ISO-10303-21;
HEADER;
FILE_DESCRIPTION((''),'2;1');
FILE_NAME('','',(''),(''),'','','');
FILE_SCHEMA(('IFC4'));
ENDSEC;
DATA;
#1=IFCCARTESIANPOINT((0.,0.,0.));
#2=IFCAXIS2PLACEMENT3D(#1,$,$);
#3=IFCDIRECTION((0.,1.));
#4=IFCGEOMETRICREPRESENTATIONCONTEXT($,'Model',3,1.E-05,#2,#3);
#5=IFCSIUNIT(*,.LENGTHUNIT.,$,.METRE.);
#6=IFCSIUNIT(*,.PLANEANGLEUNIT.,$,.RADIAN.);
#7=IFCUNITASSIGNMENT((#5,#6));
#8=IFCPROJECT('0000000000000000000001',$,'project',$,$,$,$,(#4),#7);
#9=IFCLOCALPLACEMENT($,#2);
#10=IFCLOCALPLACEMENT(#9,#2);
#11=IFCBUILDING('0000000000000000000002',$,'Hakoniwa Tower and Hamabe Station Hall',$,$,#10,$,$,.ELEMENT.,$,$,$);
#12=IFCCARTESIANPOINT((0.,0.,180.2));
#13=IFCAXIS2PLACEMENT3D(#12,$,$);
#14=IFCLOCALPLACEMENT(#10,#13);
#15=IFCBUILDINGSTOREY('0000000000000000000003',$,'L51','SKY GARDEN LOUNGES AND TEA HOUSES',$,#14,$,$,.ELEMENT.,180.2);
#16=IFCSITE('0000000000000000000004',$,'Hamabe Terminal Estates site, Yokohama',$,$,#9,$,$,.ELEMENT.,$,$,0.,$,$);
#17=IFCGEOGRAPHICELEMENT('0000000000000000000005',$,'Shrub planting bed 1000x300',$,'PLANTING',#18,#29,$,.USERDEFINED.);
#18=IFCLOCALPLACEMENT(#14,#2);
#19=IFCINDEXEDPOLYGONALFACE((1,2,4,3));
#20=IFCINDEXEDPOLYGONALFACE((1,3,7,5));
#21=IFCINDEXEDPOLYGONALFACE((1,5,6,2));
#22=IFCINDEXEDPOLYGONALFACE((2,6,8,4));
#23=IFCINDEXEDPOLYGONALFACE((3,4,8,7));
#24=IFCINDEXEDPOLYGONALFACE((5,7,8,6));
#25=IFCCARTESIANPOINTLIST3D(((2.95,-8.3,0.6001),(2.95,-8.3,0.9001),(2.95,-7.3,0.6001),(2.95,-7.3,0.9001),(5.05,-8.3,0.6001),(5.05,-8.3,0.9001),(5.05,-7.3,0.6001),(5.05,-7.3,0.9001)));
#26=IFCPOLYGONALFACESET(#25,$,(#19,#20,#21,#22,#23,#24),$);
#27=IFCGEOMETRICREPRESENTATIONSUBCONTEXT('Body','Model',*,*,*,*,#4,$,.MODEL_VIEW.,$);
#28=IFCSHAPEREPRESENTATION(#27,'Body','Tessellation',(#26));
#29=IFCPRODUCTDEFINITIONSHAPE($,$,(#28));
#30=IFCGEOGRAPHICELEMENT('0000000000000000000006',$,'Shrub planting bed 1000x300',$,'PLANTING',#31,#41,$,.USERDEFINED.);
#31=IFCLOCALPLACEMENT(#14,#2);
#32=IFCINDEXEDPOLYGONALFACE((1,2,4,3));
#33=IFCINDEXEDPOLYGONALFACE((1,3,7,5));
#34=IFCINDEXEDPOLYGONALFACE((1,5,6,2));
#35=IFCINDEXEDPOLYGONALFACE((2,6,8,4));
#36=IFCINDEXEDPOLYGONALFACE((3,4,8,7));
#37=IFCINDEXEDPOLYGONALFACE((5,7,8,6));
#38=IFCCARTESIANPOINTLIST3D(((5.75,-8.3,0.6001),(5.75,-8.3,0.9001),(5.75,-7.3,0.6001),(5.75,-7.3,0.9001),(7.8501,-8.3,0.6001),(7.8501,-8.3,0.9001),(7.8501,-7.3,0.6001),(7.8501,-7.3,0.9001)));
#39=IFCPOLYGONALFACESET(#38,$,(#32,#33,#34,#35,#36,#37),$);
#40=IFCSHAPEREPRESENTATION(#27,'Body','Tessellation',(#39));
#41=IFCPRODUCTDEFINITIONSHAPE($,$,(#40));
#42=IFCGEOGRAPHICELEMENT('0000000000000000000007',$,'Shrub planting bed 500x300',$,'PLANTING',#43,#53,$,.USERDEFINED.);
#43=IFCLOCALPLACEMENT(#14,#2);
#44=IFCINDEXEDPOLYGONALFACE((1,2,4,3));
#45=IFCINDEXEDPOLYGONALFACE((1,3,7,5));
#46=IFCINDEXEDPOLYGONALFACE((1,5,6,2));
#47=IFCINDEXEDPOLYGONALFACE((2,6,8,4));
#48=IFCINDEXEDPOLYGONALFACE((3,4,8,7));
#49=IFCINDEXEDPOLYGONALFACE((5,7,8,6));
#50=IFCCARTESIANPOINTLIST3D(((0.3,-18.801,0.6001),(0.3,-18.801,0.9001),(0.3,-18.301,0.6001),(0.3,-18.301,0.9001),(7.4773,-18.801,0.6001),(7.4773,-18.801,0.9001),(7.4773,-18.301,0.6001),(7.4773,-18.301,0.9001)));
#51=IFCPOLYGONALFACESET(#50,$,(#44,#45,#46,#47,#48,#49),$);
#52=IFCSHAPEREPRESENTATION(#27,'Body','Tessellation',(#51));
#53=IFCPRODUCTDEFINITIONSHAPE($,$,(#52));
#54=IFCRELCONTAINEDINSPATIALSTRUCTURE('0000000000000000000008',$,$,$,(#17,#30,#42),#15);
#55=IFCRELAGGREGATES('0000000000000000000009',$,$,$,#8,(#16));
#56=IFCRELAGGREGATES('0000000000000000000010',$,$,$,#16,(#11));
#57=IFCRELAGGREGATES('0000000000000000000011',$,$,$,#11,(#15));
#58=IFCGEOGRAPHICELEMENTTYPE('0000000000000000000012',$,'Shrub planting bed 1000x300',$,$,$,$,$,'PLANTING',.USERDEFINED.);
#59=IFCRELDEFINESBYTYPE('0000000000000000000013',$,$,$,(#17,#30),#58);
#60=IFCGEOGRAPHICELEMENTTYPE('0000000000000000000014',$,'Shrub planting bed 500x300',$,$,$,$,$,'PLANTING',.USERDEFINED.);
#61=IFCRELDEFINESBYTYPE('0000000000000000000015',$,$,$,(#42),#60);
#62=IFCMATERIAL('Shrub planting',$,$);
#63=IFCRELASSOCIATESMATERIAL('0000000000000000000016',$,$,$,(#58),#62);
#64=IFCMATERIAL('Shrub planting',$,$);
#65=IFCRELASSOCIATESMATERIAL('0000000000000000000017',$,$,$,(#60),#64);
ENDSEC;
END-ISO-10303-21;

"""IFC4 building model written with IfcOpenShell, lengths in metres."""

from ifc_helpers import new_model, si_unit, direction, frame, origin, origin_2d, place, context, subcontext, project, spatial, rectangle, extrude, material, type_object, element, save


model = new_model("IFC4")

# Units and contexts
model_context = context("Model", 3, precision=1e-05, world=origin(), true_north=direction((0.0, 1.0)))
body_context = subcontext(model_context, "Body", "Model", "MODEL_VIEW")
ifc_project = project(units=[si_unit("LENGTHUNIT", "METRE"), si_unit("PLANEANGLEUNIT", "RADIAN")], contexts=[model_context])

# Site, building, storey
site_placement = place(None, origin())
site = spatial("IfcSite", under=ifc_project, at=site_placement, Name="Hamabe Terminal Estates site, Yokohama", CompositionType="ELEMENT", RefElevation=0.0)
building_placement = place(site_placement, origin())
building = spatial("IfcBuilding", under=site, at=building_placement, Name="Hakoniwa Tower and Hamabe Station Hall", CompositionType="ELEMENT")
storey_placement = place(building_placement, frame((0.0, 0.0, 180.2)))
storey = spatial("IfcBuildingStorey", under=building, at=storey_placement, Name="L51", Description="SKY GARDEN LOUNGES AND TEA HOUSES", CompositionType="ELEMENT", Elevation=180.2)

# Geographic elements
ifc_material_1 = material(Name="Shrub planting")
geographic_element_type_1 = type_object("IfcGeographicElementType", Name="Shrub planting bed 1000x300", ElementType="PLANTING", PredefinedType="USERDEFINED", material=ifc_material_1)
for number, where, z_axis, x_axis, name in (
    (1, (4.0, -7.8, 0.6001), (0.0, 0.0, 1.0), (1.0, 0.0, 0.0), "Shrub planting bed 1000x300"),
    (2, (6.8, -7.8, 0.6001), (0.0, 0.0, 1.0), (1.0, 0.0, 0.0), "Shrub planting bed 1000x300"),
):
    element("IfcGeographicElement", number, at=place(storey_placement, frame(where, z_axis=z_axis, x_axis=x_axis)), inside=storey, type_object=geographic_element_type_1, Name=name, ObjectType="PLANTING", PredefinedType="USERDEFINED", context=body_context, shape_type="SweptSolid", body=[
        extrude(rectangle(XDim=2.1001, YDim=1.0, at=origin_2d()), origin(), (0.0, 0.0, 1.0), 0.3),
    ])
ifc_material_2 = material(Name="Shrub planting")
geographic_element_type_2 = type_object("IfcGeographicElementType", Name="Shrub planting bed 500x300", ElementType="PLANTING", PredefinedType="USERDEFINED", material=ifc_material_2)
geographic_element_placement = place(storey_placement, frame((3.8887, -18.551, 0.6001), z_axis=(0.0, 0.0, 1.0), x_axis=(1.0, 0.0, 0.0)))
element("IfcGeographicElement", 3, at=geographic_element_placement, inside=storey, type_object=geographic_element_type_2, Name="Shrub planting bed 500x300", ObjectType="PLANTING", PredefinedType="USERDEFINED", context=body_context, shape_type="SweptSolid", body=[
    extrude(rectangle(XDim=7.1772, YDim=0.5, at=origin_2d()), origin(), (0.0, 0.0, 1.0), 0.3),
])

save(model, "model.ifc")
